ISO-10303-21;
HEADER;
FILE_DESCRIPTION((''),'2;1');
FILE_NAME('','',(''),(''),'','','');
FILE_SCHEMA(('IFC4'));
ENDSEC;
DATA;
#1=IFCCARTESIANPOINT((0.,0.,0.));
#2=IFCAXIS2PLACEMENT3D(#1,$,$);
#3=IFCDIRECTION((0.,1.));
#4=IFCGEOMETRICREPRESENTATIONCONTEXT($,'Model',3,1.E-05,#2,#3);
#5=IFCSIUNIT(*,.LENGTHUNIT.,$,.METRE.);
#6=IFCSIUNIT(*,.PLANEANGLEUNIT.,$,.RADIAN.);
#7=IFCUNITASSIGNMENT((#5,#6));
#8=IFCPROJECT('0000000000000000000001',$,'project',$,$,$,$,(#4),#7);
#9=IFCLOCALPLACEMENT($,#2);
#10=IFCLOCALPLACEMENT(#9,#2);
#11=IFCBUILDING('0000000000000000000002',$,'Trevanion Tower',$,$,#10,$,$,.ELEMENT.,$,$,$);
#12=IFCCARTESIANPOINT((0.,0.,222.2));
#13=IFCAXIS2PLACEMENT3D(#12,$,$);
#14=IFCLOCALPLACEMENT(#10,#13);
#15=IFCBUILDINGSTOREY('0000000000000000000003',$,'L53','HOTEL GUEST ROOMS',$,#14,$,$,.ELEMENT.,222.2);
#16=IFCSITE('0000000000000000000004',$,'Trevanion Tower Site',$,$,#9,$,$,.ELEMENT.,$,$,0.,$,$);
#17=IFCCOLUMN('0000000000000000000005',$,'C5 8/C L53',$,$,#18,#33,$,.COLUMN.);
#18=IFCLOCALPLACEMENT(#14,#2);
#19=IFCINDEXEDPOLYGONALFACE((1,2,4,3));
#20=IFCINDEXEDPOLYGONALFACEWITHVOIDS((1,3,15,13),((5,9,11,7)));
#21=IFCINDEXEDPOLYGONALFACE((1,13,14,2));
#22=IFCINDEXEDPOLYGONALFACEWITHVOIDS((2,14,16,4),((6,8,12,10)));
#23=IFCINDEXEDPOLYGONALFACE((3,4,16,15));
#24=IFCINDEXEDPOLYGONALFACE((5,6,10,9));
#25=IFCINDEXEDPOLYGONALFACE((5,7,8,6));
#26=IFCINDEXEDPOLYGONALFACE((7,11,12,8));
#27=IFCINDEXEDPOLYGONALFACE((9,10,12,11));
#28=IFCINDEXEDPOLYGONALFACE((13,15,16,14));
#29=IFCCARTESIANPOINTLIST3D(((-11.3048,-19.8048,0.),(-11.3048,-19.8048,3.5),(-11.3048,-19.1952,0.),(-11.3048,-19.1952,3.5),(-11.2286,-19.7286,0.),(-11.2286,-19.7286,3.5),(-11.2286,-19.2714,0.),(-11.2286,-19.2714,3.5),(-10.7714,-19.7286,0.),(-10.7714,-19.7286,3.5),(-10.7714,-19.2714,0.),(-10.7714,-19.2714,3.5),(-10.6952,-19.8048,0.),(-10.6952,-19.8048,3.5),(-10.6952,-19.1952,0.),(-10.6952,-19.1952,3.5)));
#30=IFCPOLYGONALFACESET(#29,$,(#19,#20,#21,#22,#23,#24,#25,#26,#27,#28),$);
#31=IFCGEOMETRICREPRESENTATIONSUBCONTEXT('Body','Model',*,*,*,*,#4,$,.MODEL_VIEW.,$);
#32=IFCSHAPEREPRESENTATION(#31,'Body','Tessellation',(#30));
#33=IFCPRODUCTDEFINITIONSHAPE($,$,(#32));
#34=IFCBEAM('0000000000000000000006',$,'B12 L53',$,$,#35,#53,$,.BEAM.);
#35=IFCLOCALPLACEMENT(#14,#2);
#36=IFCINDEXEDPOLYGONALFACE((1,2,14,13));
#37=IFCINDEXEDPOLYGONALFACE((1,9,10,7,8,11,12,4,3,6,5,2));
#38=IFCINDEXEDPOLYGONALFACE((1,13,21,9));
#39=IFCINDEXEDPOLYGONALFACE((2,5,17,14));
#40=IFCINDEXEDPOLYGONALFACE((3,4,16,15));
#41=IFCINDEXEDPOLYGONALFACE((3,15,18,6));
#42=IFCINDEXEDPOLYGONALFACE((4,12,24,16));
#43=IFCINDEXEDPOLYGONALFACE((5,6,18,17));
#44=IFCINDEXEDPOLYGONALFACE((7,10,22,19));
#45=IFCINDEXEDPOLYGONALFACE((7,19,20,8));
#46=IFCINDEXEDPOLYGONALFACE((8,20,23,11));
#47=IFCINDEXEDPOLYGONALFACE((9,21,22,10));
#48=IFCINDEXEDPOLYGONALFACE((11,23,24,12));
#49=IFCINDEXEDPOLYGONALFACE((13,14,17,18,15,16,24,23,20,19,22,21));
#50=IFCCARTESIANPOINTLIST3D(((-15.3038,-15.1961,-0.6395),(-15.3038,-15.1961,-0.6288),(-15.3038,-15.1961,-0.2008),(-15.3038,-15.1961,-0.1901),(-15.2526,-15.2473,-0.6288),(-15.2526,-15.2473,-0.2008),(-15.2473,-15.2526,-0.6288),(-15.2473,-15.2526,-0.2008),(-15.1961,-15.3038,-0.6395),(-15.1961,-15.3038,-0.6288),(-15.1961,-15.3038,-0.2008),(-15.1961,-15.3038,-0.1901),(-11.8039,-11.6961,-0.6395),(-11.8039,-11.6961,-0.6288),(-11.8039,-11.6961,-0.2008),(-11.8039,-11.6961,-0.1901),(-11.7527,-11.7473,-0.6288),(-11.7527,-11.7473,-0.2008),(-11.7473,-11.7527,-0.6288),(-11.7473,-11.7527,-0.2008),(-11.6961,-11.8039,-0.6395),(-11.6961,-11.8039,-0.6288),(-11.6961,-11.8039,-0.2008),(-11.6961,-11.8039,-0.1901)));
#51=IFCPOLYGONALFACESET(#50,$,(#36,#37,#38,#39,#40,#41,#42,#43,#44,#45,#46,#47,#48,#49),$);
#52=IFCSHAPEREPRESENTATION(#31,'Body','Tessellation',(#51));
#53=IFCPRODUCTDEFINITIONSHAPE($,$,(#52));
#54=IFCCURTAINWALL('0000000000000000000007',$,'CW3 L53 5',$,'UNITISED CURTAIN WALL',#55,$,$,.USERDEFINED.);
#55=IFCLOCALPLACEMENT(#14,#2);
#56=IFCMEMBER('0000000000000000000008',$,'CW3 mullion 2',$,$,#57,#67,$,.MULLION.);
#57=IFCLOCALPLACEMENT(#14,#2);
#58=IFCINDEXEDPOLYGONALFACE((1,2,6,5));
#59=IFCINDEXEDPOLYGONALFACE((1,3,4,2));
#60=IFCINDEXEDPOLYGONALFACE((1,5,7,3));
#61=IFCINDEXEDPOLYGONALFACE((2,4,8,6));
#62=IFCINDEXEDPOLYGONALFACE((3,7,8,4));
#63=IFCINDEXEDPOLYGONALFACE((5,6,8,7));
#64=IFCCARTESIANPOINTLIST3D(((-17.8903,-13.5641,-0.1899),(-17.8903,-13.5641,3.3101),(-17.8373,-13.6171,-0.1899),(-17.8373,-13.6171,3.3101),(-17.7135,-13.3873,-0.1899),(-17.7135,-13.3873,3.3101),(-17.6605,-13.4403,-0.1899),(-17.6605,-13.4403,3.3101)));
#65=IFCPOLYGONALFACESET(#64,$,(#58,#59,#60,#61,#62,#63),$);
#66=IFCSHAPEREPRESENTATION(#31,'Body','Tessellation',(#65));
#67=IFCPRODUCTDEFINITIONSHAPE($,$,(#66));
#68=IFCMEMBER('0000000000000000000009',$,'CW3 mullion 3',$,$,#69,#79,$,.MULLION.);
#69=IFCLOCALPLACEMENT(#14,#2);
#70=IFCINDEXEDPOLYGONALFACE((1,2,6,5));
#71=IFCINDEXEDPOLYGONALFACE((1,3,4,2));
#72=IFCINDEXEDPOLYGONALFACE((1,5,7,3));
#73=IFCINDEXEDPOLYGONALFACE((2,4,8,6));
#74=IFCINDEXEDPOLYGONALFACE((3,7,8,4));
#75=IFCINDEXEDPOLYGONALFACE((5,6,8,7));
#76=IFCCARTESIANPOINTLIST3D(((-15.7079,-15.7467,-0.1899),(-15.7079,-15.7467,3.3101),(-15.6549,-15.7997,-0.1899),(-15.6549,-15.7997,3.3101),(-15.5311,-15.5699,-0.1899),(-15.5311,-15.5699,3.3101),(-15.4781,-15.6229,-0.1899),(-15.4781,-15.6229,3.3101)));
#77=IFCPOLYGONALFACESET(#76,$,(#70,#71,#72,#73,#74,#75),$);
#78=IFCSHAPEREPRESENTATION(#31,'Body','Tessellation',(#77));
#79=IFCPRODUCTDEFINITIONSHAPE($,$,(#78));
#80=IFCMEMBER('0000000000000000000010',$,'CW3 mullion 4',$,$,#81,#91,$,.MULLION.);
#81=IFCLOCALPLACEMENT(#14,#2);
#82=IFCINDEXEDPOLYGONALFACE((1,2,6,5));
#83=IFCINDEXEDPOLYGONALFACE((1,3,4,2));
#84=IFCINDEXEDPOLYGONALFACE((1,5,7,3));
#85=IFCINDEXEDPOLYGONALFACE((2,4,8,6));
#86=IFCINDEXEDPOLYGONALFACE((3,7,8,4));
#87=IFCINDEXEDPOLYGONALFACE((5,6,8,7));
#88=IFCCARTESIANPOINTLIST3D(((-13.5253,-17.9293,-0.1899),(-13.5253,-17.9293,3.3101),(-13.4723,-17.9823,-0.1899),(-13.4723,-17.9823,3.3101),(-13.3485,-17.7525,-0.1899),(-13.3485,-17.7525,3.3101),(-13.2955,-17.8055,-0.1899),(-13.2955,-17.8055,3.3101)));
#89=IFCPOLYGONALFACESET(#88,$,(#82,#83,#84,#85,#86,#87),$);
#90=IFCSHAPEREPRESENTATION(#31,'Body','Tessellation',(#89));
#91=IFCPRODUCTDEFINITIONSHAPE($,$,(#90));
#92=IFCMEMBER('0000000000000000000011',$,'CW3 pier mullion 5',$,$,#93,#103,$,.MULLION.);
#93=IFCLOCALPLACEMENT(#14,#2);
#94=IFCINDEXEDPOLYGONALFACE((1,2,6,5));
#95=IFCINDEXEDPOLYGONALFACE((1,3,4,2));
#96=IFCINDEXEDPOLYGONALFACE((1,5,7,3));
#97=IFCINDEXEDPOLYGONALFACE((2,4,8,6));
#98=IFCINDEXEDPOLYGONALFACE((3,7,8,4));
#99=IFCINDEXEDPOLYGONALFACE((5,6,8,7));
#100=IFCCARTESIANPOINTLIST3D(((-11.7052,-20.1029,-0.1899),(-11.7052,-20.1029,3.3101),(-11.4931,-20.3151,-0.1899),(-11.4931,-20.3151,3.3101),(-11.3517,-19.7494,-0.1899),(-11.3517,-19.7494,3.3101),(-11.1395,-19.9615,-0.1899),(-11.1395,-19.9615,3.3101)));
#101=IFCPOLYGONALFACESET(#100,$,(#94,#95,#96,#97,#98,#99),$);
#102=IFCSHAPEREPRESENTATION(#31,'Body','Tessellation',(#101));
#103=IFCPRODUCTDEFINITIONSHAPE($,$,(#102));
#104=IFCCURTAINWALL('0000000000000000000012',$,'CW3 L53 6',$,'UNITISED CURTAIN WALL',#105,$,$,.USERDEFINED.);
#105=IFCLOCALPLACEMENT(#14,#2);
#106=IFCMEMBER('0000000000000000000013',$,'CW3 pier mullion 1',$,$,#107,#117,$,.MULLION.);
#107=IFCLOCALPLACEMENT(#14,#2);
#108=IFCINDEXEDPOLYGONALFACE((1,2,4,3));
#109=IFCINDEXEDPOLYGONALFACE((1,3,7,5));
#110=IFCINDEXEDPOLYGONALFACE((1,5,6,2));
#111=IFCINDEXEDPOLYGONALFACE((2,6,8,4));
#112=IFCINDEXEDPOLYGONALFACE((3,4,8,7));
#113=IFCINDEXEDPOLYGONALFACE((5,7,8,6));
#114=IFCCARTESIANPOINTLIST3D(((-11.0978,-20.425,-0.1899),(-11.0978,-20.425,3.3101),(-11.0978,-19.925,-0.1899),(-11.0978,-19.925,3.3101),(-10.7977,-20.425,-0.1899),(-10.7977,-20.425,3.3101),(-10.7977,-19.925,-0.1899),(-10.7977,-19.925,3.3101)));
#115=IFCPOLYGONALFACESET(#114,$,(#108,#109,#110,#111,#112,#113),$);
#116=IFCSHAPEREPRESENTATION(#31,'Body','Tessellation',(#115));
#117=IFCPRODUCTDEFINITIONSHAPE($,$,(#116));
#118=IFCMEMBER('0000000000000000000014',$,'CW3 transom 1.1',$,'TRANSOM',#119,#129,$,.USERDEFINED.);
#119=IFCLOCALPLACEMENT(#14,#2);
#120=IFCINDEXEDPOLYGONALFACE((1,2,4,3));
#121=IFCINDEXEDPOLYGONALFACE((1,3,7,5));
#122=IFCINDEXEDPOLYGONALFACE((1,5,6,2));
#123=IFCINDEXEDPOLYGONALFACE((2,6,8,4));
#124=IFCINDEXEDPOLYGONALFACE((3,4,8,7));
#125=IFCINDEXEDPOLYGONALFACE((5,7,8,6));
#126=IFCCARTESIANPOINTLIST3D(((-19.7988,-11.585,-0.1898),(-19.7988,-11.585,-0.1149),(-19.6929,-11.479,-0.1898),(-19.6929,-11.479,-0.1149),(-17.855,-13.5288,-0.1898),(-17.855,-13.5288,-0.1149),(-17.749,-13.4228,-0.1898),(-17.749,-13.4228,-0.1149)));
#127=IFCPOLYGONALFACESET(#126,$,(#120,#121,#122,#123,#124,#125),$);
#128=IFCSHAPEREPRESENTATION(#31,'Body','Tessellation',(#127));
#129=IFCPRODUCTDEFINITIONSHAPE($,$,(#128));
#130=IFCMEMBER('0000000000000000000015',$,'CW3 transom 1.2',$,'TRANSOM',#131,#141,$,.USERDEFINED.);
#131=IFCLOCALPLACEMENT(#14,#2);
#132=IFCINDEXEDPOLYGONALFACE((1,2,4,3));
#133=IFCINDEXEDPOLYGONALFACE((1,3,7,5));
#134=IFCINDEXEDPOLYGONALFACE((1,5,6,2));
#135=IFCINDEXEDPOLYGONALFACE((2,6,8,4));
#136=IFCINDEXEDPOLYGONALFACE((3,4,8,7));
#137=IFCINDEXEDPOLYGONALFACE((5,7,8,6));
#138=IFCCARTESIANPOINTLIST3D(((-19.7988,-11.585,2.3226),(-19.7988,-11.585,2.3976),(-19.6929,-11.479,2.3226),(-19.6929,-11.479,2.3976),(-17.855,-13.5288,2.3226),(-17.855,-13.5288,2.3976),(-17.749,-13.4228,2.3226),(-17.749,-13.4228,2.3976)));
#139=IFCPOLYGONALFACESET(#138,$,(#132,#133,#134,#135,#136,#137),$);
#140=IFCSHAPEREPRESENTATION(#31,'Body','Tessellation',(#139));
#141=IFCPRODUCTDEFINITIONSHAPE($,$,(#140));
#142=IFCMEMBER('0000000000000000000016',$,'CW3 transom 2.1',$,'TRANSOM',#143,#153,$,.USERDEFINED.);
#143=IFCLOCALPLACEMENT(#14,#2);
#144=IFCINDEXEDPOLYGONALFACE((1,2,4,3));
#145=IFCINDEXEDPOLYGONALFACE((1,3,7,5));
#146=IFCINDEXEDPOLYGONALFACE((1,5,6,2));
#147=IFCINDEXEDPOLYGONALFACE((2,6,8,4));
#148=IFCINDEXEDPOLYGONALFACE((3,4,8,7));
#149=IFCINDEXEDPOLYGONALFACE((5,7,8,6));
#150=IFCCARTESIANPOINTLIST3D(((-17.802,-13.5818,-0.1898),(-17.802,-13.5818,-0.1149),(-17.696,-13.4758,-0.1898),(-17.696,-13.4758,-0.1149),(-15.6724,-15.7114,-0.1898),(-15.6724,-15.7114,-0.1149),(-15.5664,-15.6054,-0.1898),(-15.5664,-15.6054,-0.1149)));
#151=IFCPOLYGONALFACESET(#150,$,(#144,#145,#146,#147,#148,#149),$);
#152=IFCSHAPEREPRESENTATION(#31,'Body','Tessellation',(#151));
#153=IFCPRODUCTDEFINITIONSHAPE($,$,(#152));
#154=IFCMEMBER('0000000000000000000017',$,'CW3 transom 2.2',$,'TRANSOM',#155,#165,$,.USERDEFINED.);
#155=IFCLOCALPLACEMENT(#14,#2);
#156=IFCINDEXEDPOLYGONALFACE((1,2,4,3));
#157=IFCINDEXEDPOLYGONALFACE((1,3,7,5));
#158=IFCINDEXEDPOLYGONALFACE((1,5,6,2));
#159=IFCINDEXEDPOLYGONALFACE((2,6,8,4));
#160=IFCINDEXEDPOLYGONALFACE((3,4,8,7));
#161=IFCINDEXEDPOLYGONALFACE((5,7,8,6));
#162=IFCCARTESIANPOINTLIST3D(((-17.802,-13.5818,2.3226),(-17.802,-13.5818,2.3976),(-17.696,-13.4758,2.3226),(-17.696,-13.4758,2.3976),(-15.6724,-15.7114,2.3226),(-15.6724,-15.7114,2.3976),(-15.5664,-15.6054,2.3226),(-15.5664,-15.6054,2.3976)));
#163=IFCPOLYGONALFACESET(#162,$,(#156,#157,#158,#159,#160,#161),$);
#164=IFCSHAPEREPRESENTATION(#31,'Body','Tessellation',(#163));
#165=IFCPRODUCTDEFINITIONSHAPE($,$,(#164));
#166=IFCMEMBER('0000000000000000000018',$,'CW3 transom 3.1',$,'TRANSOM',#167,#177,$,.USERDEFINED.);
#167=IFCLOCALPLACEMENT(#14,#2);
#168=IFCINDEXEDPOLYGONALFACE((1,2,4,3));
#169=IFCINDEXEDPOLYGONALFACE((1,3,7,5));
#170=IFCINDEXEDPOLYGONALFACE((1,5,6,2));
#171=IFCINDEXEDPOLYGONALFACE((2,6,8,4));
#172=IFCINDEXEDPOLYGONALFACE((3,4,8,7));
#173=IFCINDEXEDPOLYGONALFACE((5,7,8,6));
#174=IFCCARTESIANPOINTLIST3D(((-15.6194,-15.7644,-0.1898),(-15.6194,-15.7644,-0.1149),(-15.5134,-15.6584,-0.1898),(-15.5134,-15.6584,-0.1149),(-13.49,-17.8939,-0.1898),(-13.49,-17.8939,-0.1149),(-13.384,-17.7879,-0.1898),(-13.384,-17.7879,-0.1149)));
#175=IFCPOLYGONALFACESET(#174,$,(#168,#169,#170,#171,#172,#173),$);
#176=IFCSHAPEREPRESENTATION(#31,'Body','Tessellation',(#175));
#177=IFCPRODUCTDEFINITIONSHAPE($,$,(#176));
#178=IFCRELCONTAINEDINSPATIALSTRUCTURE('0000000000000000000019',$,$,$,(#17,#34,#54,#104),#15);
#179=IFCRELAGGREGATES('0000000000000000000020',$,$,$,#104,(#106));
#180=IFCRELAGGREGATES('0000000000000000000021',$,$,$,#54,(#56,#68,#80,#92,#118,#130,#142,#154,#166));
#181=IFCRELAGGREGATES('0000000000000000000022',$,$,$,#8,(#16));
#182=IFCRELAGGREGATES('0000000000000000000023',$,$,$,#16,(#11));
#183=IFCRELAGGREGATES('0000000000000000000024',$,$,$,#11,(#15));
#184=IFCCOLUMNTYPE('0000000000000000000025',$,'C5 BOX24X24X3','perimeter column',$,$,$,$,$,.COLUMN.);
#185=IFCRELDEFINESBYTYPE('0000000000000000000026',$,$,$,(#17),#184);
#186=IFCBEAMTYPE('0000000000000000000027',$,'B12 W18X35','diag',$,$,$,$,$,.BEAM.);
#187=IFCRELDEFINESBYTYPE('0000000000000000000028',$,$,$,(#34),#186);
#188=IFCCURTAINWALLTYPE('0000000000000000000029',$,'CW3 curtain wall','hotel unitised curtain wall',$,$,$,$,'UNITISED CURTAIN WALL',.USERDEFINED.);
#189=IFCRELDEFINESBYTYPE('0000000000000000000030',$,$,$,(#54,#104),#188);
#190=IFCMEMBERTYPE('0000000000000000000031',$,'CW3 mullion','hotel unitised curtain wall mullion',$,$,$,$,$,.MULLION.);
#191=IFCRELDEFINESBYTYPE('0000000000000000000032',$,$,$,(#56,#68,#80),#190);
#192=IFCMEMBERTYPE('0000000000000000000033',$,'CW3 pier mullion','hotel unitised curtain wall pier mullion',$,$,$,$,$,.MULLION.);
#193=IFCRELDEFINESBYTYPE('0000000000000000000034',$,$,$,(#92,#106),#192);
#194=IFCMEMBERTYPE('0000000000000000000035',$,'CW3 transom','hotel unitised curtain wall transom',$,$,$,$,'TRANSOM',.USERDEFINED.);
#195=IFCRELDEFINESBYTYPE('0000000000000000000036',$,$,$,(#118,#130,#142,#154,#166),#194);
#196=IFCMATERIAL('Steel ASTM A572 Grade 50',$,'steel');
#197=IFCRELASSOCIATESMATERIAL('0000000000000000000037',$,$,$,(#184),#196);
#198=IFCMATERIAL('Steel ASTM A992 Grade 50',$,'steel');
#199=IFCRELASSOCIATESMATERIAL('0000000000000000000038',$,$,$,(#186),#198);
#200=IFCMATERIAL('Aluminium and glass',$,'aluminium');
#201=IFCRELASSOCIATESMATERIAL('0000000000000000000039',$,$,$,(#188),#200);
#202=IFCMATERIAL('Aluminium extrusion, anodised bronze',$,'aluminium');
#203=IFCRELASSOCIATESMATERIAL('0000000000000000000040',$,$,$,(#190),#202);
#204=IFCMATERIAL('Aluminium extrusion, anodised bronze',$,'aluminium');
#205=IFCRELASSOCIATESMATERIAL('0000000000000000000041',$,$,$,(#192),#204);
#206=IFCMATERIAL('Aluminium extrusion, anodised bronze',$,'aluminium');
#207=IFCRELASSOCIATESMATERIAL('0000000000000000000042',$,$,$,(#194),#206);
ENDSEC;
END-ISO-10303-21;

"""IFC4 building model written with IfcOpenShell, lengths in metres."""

from ifc_helpers import new_model, si_unit, direction, frame, origin, origin_2d, place, context, subcontext, project, spatial, rectangle, hollow_rectangle, i_section, extrude, material, material_profile, profile_set, type_object, element, aggregate, save


model = new_model("IFC4")

# Units and contexts
model_context = context("Model", 3, precision=1e-05, world=origin(), true_north=direction((0.0, 1.0)))
body_context = subcontext(model_context, "Body", "Model", "MODEL_VIEW")
ifc_project = project(units=[si_unit("LENGTHUNIT", "METRE"), si_unit("PLANEANGLEUNIT", "RADIAN")], contexts=[model_context])

# Site, building, storey
site_placement = place(None, origin())
site = spatial("IfcSite", under=ifc_project, at=site_placement, Name="Trevanion Tower Site", CompositionType="ELEMENT", RefElevation=0.0)
building_placement = place(site_placement, origin())
building = spatial("IfcBuilding", under=site, at=building_placement, Name="Trevanion Tower", CompositionType="ELEMENT")
storey_placement = place(building_placement, frame((0.0, 0.0, 222.2)))
storey = spatial("IfcBuildingStorey", under=building, at=storey_placement, Name="L53", Description="HOTEL GUEST ROOMS", CompositionType="ELEMENT", Elevation=222.2)

# Column
ifc_material_1 = material(Name="Steel ASTM A572 Grade 50", Category="steel")
ifc_material_profile_1 = material_profile(ifc_material_1, hollow_rectangle(XDim=0.6096, YDim=0.6096, WallThickness=0.0762, at=origin_2d()), Name="BOX24X24X3")
ifc_profile_set_1 = profile_set([ifc_material_profile_1], Name="Steel ASTM A572 Grade 50")
column_type = type_object("IfcColumnType", Name="C5 BOX24X24X3", Description="perimeter column", PredefinedType="COLUMN", material=ifc_profile_set_1)
column_placement = place(storey_placement, frame((-11.0, -19.5, 0.0), z_axis=(0.0, 0.0, 1.0), x_axis=(1.0, 0.0, 0.0)))
element("IfcColumn", 1, at=column_placement, inside=storey, type_object=column_type, Name="C5 8/C L53", PredefinedType="COLUMN", context=body_context, shape_type="SweptSolid", body=[
    extrude(hollow_rectangle(XDim=0.6096, YDim=0.6096, WallThickness=0.0762, at=origin_2d()), origin(), (0.0, 0.0, 1.0), 3.5),
])

# Beam
ifc_material_2 = material(Name="Steel ASTM A992 Grade 50", Category="steel")
ifc_material_profile_2 = material_profile(ifc_material_2, i_section(OverallWidth=0.1523, OverallDepth=0.4495, WebThickness=0.0076, FlangeThickness=0.0107, at=origin_2d()), Name="W18X35")
ifc_profile_set_2 = profile_set([ifc_material_profile_2], Name="Steel ASTM A992 Grade 50")
beam_type_1 = type_object("IfcBeamType", Name="B12 W18X35", Description="diag", PredefinedType="BEAM", material=ifc_profile_set_2)
beam_1_placement = place(storey_placement, frame((-11.75, -11.75, -0.4148), z_axis=(-0.707107, -0.707107, 0.0), x_axis=(0.707107, -0.707107, 0.0)))
element("IfcBeam", 2, at=beam_1_placement, inside=storey, type_object=beam_type_1, Name="B12 L53", PredefinedType="BEAM", context=body_context, shape_type="SweptSolid", body=[
    extrude(i_section(OverallWidth=0.1523, OverallDepth=0.4495, WebThickness=0.0076, FlangeThickness=0.0107, at=origin_2d()), origin(), (0.0, 0.0, 1.0), 4.9497),
])

# Curtain wall, members
ifc_material_3 = material(Name="Aluminium and glass", Category="aluminium")
curtain_wall_type = type_object("IfcCurtainWallType", Name="CW3 curtain wall", Description="hotel unitised curtain wall", ElementType="UNITISED CURTAIN WALL", PredefinedType="USERDEFINED", material=ifc_material_3)
curtain_wall_1_placement = place(storey_placement, origin())
curtain_wall_1 = element("IfcCurtainWall", 3, at=curtain_wall_1_placement, inside=storey, type_object=curtain_wall_type, Name="CW3 L53 5", ObjectType="UNITISED CURTAIN WALL", PredefinedType="USERDEFINED")
ifc_material_4 = material(Name="Aluminium extrusion, anodised bronze", Category="aluminium")
ifc_material_profile_3 = material_profile(ifc_material_4, rectangle(XDim=0.075, YDim=0.25, at=origin_2d()), Name="CW3 mullion")
ifc_profile_set_3 = profile_set([ifc_material_profile_3], Name="Aluminium extrusion, anodised bronze")
member_type_1 = type_object("IfcMemberType", Name="CW3 mullion", Description="hotel unitised curtain wall mullion", PredefinedType="MULLION", material=ifc_profile_set_3)
member_1_placement = place(storey_placement, frame((-17.7754, -13.5022, -0.1899), z_axis=(0.0, 0.0, 1.0), x_axis=(0.707107, -0.707107, 0.0)))
member_1 = element("IfcMember", 4, at=member_1_placement, type_object=member_type_1, Name="CW3 mullion 2", PredefinedType="MULLION", context=body_context, shape_type="SweptSolid", body=[
    extrude(rectangle(XDim=0.075, YDim=0.25, at=origin_2d()), origin(), (0.0, 0.0, 1.0), 3.5),
])
member_2_placement = place(storey_placement, frame((-15.593, -15.6848, -0.1899), z_axis=(0.0, 0.0, 1.0), x_axis=(0.707107, -0.707107, 0.0)))
member_2 = element("IfcMember", 5, at=member_2_placement, type_object=member_type_1, Name="CW3 mullion 3", PredefinedType="MULLION", context=body_context, shape_type="SweptSolid", body=[
    extrude(rectangle(XDim=0.075, YDim=0.25, at=origin_2d()), origin(), (0.0, 0.0, 1.0), 3.5),
])
member_3_placement = place(storey_placement, frame((-13.4104, -17.8674, -0.1899), z_axis=(0.0, 0.0, 1.0), x_axis=(0.707107, -0.707107, 0.0)))
member_3 = element("IfcMember", 6, at=member_3_placement, type_object=member_type_1, Name="CW3 mullion 4", PredefinedType="MULLION", context=body_context, shape_type="SweptSolid", body=[
    extrude(rectangle(XDim=0.075, YDim=0.25, at=origin_2d()), origin(), (0.0, 0.0, 1.0), 3.5),
])
ifc_material_5 = material(Name="Aluminium extrusion, anodised bronze", Category="aluminium")
ifc_material_profile_4 = material_profile(ifc_material_5, rectangle(XDim=0.3, YDim=0.5, at=origin_2d()), Name="CW3 pier mullion")
ifc_profile_set_4 = profile_set([ifc_material_profile_4], Name="Aluminium extrusion, anodised bronze")
member_type_2 = type_object("IfcMemberType", Name="CW3 pier mullion", Description="hotel unitised curtain wall pier mullion", PredefinedType="MULLION", material=ifc_profile_set_4)
member_4_placement = place(storey_placement, frame((-11.4224, -20.0322, -0.1899), z_axis=(0.0, 0.0, 1.0), x_axis=(0.707107, -0.707107, 0.0)))
member_4 = element("IfcMember", 7, at=member_4_placement, type_object=member_type_2, Name="CW3 pier mullion 5", PredefinedType="MULLION", context=body_context, shape_type="SweptSolid", body=[
    extrude(rectangle(XDim=0.3, YDim=0.5, at=origin_2d()), origin(), (0.0, 0.0, 1.0), 3.5),
])

# Curtain wall, member
curtain_wall_2_placement = place(storey_placement, origin())
curtain_wall_2 = element("IfcCurtainWall", 8, at=curtain_wall_2_placement, inside=storey, type_object=curtain_wall_type, Name="CW3 L53 6", ObjectType="UNITISED CURTAIN WALL", PredefinedType="USERDEFINED")
member_5_placement = place(storey_placement, frame((-10.9478, -20.175, -0.1899), z_axis=(0.0, 0.0, 1.0), x_axis=(1.0, 0.0, 0.0)))
member_5 = element("IfcMember", 9, at=member_5_placement, type_object=member_type_2, Name="CW3 pier mullion 1", PredefinedType="MULLION", context=body_context, shape_type="SweptSolid", body=[
    extrude(rectangle(XDim=0.3, YDim=0.5, at=origin_2d()), origin(), (0.0, 0.0, 1.0), 3.5),
])

# Members
ifc_material_6 = material(Name="Aluminium extrusion, anodised bronze", Category="aluminium")
ifc_material_profile_5 = material_profile(ifc_material_6, rectangle(XDim=0.1499, YDim=0.075, at=origin_2d()), Name="CW3 transom")
ifc_profile_set_5 = profile_set([ifc_material_profile_5], Name="Aluminium extrusion, anodised bronze")
member_type_3 = type_object("IfcMemberType", Name="CW3 transom", Description="hotel unitised curtain wall transom", ElementType="TRANSOM", PredefinedType="USERDEFINED", material=ifc_profile_set_5)
member_6_placement = place(storey_placement, frame((-19.7458, -11.532, -0.1523), z_axis=(0.707107, -0.707107, 0.0), x_axis=(0.707107, 0.707107, 0.0)))
member_6 = element("IfcMember", 10, at=member_6_placement, type_object=member_type_3, Name="CW3 transom 1.1", ObjectType="TRANSOM", PredefinedType="USERDEFINED", context=body_context, shape_type="SweptSolid", body=[
    extrude(rectangle(XDim=0.1499, YDim=0.075, at=origin_2d()), origin(), (0.0, 0.0, 1.0), 2.749),
])
member_7_placement = place(storey_placement, frame((-19.7458, -11.532, 2.3601), z_axis=(0.707107, -0.707107, 0.0), x_axis=(0.707107, 0.707107, 0.0)))
member_7 = element("IfcMember", 11, at=member_7_placement, type_object=member_type_3, Name="CW3 transom 1.2", ObjectType="TRANSOM", PredefinedType="USERDEFINED", context=body_context, shape_type="SweptSolid", body=[
    extrude(rectangle(XDim=0.1499, YDim=0.075, at=origin_2d()), origin(), (0.0, 0.0, 1.0), 2.749),
])
member_8_placement = place(storey_placement, frame((-17.749, -13.5288, -0.1523), z_axis=(0.707107, -0.707107, 0.0), x_axis=(0.707107, 0.707107, 0.0)))
member_8 = element("IfcMember", 12, at=member_8_placement, type_object=member_type_3, Name="CW3 transom 2.1", ObjectType="TRANSOM", PredefinedType="USERDEFINED", context=body_context, shape_type="SweptSolid", body=[
    extrude(rectangle(XDim=0.1499, YDim=0.075, at=origin_2d()), origin(), (0.0, 0.0, 1.0), 3.0117),
])
member_9_placement = place(storey_placement, frame((-17.749, -13.5288, 2.3601), z_axis=(0.707107, -0.707107, 0.0), x_axis=(0.707107, 0.707107, 0.0)))
member_9 = element("IfcMember", 13, at=member_9_placement, type_object=member_type_3, Name="CW3 transom 2.2", ObjectType="TRANSOM", PredefinedType="USERDEFINED", context=body_context, shape_type="SweptSolid", body=[
    extrude(rectangle(XDim=0.1499, YDim=0.075, at=origin_2d()), origin(), (0.0, 0.0, 1.0), 3.0117),
])
member_10_placement = place(storey_placement, frame((-15.5664, -15.7114, -0.1523), z_axis=(0.707107, -0.707107, 0.0), x_axis=(0.707107, 0.707107, 0.0)))
member_10 = element("IfcMember", 14, at=member_10_placement, type_object=member_type_3, Name="CW3 transom 3.1", ObjectType="TRANSOM", PredefinedType="USERDEFINED", context=body_context, shape_type="SweptSolid", body=[
    extrude(rectangle(XDim=0.1499, YDim=0.075, at=origin_2d()), origin(), (0.0, 0.0, 1.0), 3.0115),
])
aggregate(curtain_wall_2, [member_5])

aggregate(curtain_wall_1, [member_1, member_2, member_3, member_4, member_6, member_7, member_8, member_9, member_10])

save(model, "model.ifc")
